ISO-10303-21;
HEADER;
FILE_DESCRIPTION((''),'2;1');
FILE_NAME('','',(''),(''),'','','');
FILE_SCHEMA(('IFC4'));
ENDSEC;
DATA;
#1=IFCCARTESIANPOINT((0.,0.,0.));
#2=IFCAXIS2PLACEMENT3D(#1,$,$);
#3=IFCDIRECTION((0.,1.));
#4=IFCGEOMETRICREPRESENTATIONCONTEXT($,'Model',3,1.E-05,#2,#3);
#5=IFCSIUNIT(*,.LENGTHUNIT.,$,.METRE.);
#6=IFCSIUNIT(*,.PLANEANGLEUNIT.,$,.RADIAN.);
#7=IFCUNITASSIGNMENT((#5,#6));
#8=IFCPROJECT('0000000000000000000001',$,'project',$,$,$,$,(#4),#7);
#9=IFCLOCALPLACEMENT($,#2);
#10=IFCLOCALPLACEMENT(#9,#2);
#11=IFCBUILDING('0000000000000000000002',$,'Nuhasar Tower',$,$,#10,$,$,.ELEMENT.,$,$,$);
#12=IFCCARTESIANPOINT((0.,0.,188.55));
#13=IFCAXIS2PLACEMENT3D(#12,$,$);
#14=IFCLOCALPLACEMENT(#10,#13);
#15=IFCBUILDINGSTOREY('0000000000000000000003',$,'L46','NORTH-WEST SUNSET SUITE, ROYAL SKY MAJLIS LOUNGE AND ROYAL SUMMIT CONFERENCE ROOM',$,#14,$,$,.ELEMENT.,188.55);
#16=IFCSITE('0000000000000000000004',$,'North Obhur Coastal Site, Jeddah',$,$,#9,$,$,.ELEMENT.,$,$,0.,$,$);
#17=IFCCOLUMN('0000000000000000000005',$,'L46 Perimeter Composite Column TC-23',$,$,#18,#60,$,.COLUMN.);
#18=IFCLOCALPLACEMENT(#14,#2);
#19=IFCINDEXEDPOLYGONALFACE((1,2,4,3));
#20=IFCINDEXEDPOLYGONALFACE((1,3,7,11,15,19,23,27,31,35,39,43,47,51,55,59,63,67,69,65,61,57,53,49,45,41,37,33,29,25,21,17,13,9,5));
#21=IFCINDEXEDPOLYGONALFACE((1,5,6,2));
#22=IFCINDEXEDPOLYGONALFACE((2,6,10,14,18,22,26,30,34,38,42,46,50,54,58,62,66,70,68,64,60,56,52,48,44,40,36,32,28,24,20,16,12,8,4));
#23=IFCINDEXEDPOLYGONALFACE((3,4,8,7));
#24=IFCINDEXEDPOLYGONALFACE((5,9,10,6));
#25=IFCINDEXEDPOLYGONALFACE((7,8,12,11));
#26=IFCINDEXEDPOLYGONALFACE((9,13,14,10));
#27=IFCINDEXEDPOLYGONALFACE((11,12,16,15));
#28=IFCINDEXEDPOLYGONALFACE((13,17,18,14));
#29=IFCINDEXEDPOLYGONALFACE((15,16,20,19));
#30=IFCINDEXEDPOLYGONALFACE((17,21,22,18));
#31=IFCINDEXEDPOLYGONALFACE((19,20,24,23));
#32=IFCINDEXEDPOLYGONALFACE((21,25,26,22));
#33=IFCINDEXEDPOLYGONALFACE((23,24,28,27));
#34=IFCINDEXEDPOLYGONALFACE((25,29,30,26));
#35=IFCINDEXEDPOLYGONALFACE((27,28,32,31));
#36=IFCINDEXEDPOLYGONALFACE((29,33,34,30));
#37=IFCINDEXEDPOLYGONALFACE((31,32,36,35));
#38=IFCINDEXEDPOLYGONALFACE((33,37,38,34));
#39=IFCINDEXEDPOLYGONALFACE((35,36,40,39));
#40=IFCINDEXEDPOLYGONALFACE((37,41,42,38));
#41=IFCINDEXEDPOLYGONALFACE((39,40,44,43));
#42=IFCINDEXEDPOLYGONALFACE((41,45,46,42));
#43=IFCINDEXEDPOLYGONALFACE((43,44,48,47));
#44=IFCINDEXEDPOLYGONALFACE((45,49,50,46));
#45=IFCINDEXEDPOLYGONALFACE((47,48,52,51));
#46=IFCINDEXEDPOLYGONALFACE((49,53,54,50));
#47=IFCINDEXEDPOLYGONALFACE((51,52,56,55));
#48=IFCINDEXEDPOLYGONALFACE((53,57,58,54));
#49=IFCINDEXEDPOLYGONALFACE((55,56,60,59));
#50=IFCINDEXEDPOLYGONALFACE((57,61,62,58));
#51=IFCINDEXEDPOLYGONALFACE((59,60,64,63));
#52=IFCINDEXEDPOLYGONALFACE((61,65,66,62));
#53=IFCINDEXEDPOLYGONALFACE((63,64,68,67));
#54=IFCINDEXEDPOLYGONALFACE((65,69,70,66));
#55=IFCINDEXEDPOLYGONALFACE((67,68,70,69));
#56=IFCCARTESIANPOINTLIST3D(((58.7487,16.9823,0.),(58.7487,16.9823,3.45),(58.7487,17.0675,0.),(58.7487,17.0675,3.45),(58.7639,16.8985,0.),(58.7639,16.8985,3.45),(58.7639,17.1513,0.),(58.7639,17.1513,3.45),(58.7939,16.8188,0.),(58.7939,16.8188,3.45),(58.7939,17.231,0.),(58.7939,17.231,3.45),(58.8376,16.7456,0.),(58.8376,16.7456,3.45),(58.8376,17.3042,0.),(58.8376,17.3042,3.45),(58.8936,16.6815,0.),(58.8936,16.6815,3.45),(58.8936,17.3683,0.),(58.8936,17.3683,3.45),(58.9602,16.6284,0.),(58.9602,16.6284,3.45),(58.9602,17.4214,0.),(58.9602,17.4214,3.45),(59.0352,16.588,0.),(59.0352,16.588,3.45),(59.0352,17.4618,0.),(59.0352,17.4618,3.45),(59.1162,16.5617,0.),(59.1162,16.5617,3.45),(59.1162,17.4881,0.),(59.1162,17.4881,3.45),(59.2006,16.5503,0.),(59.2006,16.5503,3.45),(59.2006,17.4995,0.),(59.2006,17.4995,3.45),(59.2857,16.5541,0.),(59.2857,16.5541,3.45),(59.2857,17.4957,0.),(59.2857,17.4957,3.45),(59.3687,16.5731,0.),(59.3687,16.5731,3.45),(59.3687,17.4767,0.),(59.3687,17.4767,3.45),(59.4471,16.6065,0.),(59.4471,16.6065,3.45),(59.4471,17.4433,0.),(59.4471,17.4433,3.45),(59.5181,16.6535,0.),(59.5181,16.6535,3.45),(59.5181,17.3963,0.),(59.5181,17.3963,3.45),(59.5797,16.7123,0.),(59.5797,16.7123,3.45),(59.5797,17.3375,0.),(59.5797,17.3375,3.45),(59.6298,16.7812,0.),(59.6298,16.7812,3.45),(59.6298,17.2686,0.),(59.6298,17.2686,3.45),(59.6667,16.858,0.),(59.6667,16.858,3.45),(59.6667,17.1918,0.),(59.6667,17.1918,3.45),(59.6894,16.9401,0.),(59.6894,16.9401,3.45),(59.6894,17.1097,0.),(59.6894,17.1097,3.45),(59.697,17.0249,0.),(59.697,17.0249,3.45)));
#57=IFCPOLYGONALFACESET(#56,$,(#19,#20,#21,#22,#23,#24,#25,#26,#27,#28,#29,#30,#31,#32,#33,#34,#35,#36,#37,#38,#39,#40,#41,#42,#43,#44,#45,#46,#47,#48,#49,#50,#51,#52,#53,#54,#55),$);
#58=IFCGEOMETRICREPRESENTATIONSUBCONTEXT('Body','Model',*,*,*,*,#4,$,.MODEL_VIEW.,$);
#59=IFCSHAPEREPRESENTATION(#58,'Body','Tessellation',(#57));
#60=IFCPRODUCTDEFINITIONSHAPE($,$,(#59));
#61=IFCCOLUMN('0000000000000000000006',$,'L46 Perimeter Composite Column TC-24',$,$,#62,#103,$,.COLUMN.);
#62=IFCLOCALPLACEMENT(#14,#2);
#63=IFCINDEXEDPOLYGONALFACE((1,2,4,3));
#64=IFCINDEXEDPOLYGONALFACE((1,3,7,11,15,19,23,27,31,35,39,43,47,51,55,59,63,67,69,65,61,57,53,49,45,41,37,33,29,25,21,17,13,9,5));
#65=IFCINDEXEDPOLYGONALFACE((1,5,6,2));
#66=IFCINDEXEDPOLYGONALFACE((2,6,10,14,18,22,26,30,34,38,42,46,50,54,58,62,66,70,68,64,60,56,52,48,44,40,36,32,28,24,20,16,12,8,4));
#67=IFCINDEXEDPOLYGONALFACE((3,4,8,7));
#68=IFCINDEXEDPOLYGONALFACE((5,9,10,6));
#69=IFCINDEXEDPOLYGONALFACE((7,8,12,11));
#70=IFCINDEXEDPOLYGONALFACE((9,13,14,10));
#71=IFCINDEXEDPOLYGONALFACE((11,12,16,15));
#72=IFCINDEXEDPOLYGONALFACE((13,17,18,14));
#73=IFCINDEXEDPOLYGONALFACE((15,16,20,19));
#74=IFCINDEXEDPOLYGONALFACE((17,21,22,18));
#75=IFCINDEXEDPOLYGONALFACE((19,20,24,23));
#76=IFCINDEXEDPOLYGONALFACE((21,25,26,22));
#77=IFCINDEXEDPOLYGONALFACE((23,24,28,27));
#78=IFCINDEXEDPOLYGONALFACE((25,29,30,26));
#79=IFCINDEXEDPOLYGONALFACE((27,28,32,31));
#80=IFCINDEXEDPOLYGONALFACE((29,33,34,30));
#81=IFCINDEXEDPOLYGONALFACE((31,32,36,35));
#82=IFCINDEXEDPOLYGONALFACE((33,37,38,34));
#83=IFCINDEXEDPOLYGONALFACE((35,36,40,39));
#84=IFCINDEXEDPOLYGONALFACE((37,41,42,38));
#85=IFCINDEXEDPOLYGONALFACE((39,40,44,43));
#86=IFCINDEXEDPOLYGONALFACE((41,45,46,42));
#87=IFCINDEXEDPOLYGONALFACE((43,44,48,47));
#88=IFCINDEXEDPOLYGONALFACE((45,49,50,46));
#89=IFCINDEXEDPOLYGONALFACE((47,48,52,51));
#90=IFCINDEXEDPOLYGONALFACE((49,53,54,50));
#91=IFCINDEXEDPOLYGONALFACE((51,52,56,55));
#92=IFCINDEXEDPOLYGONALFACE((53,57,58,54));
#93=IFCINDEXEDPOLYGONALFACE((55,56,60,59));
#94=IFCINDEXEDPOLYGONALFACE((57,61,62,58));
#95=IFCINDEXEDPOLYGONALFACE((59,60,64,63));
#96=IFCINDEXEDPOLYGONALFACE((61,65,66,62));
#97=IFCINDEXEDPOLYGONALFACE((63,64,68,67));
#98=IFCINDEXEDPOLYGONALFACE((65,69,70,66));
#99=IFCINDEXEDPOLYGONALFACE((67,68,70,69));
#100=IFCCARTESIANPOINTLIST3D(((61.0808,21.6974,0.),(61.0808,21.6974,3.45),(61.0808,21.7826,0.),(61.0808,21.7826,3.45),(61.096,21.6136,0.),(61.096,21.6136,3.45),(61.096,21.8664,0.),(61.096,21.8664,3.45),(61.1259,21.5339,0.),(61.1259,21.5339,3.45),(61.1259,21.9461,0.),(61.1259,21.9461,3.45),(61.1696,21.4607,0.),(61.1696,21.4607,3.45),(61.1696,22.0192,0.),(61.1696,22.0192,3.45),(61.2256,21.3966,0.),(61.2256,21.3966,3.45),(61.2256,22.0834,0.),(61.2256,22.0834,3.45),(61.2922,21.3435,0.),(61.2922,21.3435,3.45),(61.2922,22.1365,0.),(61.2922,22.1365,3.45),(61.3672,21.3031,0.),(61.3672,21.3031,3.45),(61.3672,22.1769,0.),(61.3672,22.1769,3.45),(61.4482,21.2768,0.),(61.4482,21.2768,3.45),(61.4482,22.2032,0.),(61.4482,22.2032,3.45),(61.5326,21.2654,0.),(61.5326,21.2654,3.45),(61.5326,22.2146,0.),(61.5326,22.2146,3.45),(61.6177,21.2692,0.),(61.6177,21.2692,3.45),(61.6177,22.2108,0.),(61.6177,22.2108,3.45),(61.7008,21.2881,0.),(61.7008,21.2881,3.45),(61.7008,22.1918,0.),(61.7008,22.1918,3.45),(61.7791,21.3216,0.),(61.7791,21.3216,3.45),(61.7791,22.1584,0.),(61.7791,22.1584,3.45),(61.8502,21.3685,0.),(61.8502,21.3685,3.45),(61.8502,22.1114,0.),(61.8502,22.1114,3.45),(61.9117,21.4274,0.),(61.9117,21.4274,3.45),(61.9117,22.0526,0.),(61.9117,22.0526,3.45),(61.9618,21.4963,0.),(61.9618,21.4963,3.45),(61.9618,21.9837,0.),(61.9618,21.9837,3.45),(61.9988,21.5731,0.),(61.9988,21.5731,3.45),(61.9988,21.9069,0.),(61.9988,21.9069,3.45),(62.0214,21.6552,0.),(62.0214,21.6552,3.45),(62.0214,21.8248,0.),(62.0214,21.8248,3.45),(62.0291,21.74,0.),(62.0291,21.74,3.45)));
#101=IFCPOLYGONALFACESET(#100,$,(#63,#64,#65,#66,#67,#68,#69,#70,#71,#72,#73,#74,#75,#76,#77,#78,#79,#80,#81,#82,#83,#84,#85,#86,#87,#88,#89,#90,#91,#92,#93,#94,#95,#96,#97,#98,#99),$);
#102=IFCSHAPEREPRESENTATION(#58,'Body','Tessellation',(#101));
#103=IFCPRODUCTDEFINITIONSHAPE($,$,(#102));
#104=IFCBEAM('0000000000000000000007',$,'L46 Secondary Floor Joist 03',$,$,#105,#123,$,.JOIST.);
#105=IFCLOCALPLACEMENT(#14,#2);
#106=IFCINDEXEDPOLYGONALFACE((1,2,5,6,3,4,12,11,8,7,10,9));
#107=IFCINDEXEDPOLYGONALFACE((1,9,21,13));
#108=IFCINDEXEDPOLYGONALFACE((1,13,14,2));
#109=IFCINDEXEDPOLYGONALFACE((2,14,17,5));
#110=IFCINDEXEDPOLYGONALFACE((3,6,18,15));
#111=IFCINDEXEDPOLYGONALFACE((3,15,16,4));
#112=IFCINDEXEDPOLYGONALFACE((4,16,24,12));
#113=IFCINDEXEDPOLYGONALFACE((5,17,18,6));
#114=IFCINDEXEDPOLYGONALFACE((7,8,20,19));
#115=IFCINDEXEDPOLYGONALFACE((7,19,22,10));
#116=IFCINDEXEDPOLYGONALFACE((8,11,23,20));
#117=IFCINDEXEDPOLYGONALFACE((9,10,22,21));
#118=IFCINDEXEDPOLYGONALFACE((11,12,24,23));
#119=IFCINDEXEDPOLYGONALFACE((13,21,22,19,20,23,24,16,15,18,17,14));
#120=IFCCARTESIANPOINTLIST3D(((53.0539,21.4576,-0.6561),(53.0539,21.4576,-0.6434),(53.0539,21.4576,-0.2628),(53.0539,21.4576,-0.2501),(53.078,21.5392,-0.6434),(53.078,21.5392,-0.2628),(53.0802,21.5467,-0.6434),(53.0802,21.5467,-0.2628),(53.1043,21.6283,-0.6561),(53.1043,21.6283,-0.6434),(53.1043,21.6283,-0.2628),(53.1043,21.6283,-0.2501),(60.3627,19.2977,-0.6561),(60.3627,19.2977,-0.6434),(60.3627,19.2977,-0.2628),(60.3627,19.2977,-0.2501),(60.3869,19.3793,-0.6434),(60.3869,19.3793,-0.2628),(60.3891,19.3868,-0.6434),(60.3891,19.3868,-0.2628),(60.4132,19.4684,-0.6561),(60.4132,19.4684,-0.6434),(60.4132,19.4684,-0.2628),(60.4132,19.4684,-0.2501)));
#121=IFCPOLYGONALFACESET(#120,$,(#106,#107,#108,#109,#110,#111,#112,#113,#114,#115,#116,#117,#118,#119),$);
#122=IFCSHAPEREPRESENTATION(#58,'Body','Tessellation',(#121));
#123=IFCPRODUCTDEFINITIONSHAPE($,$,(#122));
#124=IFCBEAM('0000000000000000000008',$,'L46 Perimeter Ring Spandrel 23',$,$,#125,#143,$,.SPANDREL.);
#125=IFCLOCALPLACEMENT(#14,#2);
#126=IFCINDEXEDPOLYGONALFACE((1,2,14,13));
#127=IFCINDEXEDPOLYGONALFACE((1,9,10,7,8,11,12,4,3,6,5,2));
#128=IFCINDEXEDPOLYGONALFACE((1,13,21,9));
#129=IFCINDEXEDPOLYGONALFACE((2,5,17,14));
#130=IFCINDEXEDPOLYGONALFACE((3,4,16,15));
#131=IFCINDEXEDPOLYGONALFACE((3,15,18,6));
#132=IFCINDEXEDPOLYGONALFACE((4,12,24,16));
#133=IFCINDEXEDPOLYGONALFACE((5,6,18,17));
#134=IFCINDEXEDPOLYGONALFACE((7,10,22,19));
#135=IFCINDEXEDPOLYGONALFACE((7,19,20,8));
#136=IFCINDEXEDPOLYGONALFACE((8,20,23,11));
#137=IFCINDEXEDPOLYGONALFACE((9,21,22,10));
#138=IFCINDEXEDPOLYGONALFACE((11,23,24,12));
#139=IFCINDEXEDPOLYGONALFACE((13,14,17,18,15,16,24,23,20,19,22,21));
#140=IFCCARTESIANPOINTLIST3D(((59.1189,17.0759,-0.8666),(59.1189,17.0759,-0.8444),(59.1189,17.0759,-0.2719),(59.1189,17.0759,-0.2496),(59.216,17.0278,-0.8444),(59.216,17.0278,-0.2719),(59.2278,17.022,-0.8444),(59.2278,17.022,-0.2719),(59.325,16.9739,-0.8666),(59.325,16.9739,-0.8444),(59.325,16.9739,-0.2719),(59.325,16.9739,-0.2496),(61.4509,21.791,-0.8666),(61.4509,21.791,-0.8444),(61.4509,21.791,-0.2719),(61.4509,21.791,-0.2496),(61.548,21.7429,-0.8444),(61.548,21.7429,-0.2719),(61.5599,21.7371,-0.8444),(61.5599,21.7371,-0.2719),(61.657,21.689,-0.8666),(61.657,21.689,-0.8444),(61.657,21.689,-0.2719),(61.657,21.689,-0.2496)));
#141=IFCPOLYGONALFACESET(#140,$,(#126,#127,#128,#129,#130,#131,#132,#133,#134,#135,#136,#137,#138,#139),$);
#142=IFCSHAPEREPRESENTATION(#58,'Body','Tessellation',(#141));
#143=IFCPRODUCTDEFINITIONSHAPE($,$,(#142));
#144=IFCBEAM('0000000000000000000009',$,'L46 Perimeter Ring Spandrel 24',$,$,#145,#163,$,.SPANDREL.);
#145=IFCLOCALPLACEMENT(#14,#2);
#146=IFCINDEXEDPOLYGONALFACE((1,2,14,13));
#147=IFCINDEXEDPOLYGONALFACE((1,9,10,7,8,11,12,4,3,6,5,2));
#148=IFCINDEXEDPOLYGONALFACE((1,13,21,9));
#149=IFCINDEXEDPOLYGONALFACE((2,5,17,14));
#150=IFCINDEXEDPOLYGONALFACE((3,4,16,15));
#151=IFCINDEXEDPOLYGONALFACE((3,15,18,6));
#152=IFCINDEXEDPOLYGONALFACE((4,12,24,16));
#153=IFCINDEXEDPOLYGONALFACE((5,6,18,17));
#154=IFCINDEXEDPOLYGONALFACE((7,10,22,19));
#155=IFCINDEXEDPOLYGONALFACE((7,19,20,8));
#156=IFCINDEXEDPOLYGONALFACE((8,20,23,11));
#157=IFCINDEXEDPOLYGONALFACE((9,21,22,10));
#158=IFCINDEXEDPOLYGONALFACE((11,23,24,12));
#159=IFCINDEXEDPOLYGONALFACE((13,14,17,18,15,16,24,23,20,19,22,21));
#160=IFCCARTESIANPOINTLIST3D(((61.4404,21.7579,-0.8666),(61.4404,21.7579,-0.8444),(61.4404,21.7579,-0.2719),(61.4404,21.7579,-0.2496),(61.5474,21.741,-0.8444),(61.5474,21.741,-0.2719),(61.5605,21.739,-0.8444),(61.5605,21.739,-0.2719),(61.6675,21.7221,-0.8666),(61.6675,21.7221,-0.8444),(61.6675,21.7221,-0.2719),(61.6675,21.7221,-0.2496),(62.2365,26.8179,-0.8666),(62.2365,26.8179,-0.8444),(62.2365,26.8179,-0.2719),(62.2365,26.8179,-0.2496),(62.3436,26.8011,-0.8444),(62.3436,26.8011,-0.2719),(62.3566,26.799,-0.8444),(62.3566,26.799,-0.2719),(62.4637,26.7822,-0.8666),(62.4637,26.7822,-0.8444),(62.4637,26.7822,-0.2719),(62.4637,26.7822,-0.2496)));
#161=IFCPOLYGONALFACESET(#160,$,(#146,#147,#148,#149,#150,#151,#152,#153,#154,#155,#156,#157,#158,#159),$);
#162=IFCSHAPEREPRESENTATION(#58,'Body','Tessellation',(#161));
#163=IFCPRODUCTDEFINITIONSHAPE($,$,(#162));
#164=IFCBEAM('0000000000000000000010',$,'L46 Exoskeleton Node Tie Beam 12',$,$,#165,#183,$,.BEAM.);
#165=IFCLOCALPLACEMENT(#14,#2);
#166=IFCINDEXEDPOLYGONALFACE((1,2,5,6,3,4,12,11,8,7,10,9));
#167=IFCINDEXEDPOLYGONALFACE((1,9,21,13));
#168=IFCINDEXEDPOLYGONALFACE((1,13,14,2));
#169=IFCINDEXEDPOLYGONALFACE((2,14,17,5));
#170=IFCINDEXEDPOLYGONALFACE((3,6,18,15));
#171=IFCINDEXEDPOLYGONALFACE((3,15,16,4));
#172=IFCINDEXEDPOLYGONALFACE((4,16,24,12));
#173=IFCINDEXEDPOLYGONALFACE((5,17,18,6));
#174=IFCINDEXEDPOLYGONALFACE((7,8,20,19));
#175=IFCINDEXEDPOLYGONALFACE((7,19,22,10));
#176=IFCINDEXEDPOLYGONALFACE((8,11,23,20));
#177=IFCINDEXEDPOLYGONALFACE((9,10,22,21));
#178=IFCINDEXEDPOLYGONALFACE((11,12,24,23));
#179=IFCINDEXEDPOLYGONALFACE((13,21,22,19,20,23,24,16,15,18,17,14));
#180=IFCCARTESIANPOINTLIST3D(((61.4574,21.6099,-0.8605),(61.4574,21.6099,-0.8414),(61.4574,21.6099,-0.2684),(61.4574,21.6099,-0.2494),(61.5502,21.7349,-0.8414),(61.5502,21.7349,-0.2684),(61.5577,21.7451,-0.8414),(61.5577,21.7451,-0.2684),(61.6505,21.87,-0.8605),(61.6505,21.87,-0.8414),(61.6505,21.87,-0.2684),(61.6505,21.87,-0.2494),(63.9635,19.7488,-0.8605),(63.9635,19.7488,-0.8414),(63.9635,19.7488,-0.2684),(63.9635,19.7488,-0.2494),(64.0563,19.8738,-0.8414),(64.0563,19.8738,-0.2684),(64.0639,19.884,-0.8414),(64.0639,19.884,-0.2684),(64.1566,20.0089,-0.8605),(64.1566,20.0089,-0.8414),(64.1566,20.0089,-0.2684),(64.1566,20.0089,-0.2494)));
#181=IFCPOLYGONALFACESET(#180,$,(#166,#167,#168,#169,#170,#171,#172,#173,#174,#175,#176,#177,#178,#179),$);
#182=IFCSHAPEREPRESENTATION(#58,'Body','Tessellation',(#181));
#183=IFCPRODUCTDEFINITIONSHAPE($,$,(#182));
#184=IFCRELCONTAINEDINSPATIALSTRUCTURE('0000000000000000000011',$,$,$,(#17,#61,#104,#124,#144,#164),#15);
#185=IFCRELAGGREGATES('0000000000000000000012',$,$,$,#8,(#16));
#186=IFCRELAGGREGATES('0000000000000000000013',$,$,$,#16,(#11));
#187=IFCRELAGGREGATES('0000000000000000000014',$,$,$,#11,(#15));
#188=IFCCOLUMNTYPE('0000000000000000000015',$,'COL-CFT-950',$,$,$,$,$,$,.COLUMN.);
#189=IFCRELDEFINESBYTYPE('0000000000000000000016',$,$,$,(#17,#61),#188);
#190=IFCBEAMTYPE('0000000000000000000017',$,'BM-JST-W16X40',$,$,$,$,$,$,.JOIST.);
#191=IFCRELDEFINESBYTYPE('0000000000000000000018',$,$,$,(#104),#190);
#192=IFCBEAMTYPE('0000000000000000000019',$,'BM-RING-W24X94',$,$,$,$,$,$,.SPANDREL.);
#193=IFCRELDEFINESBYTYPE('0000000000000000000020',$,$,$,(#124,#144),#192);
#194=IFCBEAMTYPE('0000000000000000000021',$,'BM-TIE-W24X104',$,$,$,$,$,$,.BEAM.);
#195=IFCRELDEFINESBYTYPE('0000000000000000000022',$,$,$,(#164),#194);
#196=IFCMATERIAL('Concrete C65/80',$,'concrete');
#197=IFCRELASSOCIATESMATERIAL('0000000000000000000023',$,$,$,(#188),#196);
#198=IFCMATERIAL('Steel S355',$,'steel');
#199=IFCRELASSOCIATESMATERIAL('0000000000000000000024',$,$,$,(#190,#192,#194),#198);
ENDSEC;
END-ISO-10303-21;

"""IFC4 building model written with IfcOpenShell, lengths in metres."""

from ifc_helpers import new_model, si_unit, direction, frame, origin, origin_2d, place, context, subcontext, project, spatial, circle, i_section, extrude, material, material_profile, profile_set, type_object, element, save


model = new_model("IFC4")

# Units and contexts
model_context = context("Model", 3, precision=1e-05, world=origin(), true_north=direction((0.0, 1.0)))
body_context = subcontext(model_context, "Body", "Model", "MODEL_VIEW")
ifc_project = project(units=[si_unit("LENGTHUNIT", "METRE"), si_unit("PLANEANGLEUNIT", "RADIAN")], contexts=[model_context])

# Site, building, storey
site_placement = place(None, origin())
site = spatial("IfcSite", under=ifc_project, at=site_placement, Name="North Obhur Coastal Site, Jeddah", CompositionType="ELEMENT", RefElevation=0.0)
building_placement = place(site_placement, origin())
building = spatial("IfcBuilding", under=site, at=building_placement, Name="Nuhasar Tower", CompositionType="ELEMENT")
storey_placement = place(building_placement, frame((0.0, 0.0, 188.55)))
storey = spatial("IfcBuildingStorey", under=building, at=storey_placement, Name="L46", Description="NORTH-WEST SUNSET SUITE, ROYAL SKY MAJLIS LOUNGE AND ROYAL SUMMIT CONFERENCE ROOM", CompositionType="ELEMENT", Elevation=188.55)

# Columns
ifc_material_1 = material(Name="Concrete C65/80", Category="concrete")
ifc_material_profile_1 = material_profile(ifc_material_1, circle(Radius=0.4751, at=origin_2d()), Name="CFT950")
ifc_profile_set_1 = profile_set([ifc_material_profile_1], Name="Concrete C65/80")
column_type = type_object("IfcColumnType", Name="COL-CFT-950", PredefinedType="COLUMN", material=ifc_profile_set_1)
for number, where, z_axis, x_axis, name in (
    (1, (59.2219, 17.0249, 0.0), (0.0, 0.0, 1.0), (1.0, 0.0, 0.0), "L46 Perimeter Composite Column TC-23"),
    (2, (61.554, 21.74, 0.0), (0.0, 0.0, 1.0), (1.0, 0.0, 0.0), "L46 Perimeter Composite Column TC-24"),
):
    element("IfcColumn", number, at=place(storey_placement, frame(where, z_axis=z_axis, x_axis=x_axis)), inside=storey, type_object=column_type, Name=name, PredefinedType="COLUMN", context=body_context, shape_type="SweptSolid", body=[
        extrude(circle(Radius=0.4751, at=origin_2d()), origin(), (0.0, 0.0, 1.0), 3.45),
    ])

# Beams
ifc_material_2 = material(Name="Steel S355", Category="steel")
ifc_material_profile_2 = material_profile(ifc_material_2, i_section(OverallWidth=0.178, OverallDepth=0.406, WebThickness=0.0078, FlangeThickness=0.0127, at=origin_2d()), Name="W16X40")
ifc_profile_set_2 = profile_set([ifc_material_profile_2], Name="Steel S355")
beam_type_1 = type_object("IfcBeamType", Name="BM-JST-W16X40", PredefinedType="JOIST", material=ifc_profile_set_2)
beam_1_placement = place(storey_placement, frame((53.0791, 21.543, -0.4531), z_axis=(0.959, -0.283404, 0.0), x_axis=(0.283404, 0.959, 0.0)))
element("IfcBeam", 3, at=beam_1_placement, inside=storey, type_object=beam_type_1, Name="L46 Secondary Floor Joist 03", PredefinedType="JOIST", context=body_context, shape_type="SweptSolid", body=[
    extrude(i_section(OverallWidth=0.178, OverallDepth=0.406, WebThickness=0.0078, FlangeThickness=0.0127, at=origin_2d()), origin(), (0.0, 0.0, 1.0), 7.6213),
])
ifc_material_profile_3 = material_profile(ifc_material_2, i_section(OverallWidth=0.23, OverallDepth=0.6169, WebThickness=0.0132, FlangeThickness=0.0222, at=origin_2d()), Name="W24X94")
ifc_profile_set_3 = profile_set([ifc_material_profile_3], Name="Steel S355")
beam_type_2 = type_object("IfcBeamType", Name="BM-RING-W24X94", PredefinedType="SPANDREL", material=ifc_profile_set_3)
beam_2_placement = place(storey_placement, frame((59.2219, 17.0249, -0.5581), z_axis=(0.443329, 0.896359, 0.0), x_axis=(-0.896359, 0.443329, 0.0)))
element("IfcBeam", 4, at=beam_2_placement, inside=storey, type_object=beam_type_2, Name="L46 Perimeter Ring Spandrel 23", PredefinedType="SPANDREL", context=body_context, shape_type="SweptSolid", body=[
    extrude(i_section(OverallWidth=0.23, OverallDepth=0.6169, WebThickness=0.0132, FlangeThickness=0.0222, at=origin_2d()), origin(), (0.0, 0.0, 1.0), 5.2603),
])
beam_3_placement = place(storey_placement, frame((61.554, 21.74, -0.5581), z_axis=(0.155427, 0.987847, 0.0), x_axis=(-0.987847, 0.155427, 0.0)))
element("IfcBeam", 5, at=beam_3_placement, inside=storey, type_object=beam_type_2, Name="L46 Perimeter Ring Spandrel 24", PredefinedType="SPANDREL", context=body_context, shape_type="SweptSolid", body=[
    extrude(i_section(OverallWidth=0.23, OverallDepth=0.6169, WebThickness=0.0132, FlangeThickness=0.0222, at=origin_2d()), origin(), (0.0, 0.0, 1.0), 5.1223),
])
ifc_material_profile_4 = material_profile(ifc_material_2, i_section(OverallWidth=0.324, OverallDepth=0.6111, WebThickness=0.0127, FlangeThickness=0.019, at=origin_2d()), Name="W24X104")
ifc_profile_set_4 = profile_set([ifc_material_profile_4], Name="Steel S355")
beam_type_3 = type_object("IfcBeamType", Name="BM-TIE-W24X104", PredefinedType="BEAM", material=ifc_profile_set_4)
beam_4_placement = place(storey_placement, frame((61.554, 21.74, -0.5549), z_axis=(0.802835, -0.596202, 0.0), x_axis=(0.596202, 0.802835, 0.0)))
element("IfcBeam", 6, at=beam_4_placement, inside=storey, type_object=beam_type_3, Name="L46 Exoskeleton Node Tie Beam 12", PredefinedType="BEAM", context=body_context, shape_type="SweptSolid", body=[
    extrude(i_section(OverallWidth=0.324, OverallDepth=0.6111, WebThickness=0.0127, FlangeThickness=0.019, at=origin_2d()), origin(), (0.0, 0.0, 1.0), 3.1216),
])

save(model, "model.ifc")
